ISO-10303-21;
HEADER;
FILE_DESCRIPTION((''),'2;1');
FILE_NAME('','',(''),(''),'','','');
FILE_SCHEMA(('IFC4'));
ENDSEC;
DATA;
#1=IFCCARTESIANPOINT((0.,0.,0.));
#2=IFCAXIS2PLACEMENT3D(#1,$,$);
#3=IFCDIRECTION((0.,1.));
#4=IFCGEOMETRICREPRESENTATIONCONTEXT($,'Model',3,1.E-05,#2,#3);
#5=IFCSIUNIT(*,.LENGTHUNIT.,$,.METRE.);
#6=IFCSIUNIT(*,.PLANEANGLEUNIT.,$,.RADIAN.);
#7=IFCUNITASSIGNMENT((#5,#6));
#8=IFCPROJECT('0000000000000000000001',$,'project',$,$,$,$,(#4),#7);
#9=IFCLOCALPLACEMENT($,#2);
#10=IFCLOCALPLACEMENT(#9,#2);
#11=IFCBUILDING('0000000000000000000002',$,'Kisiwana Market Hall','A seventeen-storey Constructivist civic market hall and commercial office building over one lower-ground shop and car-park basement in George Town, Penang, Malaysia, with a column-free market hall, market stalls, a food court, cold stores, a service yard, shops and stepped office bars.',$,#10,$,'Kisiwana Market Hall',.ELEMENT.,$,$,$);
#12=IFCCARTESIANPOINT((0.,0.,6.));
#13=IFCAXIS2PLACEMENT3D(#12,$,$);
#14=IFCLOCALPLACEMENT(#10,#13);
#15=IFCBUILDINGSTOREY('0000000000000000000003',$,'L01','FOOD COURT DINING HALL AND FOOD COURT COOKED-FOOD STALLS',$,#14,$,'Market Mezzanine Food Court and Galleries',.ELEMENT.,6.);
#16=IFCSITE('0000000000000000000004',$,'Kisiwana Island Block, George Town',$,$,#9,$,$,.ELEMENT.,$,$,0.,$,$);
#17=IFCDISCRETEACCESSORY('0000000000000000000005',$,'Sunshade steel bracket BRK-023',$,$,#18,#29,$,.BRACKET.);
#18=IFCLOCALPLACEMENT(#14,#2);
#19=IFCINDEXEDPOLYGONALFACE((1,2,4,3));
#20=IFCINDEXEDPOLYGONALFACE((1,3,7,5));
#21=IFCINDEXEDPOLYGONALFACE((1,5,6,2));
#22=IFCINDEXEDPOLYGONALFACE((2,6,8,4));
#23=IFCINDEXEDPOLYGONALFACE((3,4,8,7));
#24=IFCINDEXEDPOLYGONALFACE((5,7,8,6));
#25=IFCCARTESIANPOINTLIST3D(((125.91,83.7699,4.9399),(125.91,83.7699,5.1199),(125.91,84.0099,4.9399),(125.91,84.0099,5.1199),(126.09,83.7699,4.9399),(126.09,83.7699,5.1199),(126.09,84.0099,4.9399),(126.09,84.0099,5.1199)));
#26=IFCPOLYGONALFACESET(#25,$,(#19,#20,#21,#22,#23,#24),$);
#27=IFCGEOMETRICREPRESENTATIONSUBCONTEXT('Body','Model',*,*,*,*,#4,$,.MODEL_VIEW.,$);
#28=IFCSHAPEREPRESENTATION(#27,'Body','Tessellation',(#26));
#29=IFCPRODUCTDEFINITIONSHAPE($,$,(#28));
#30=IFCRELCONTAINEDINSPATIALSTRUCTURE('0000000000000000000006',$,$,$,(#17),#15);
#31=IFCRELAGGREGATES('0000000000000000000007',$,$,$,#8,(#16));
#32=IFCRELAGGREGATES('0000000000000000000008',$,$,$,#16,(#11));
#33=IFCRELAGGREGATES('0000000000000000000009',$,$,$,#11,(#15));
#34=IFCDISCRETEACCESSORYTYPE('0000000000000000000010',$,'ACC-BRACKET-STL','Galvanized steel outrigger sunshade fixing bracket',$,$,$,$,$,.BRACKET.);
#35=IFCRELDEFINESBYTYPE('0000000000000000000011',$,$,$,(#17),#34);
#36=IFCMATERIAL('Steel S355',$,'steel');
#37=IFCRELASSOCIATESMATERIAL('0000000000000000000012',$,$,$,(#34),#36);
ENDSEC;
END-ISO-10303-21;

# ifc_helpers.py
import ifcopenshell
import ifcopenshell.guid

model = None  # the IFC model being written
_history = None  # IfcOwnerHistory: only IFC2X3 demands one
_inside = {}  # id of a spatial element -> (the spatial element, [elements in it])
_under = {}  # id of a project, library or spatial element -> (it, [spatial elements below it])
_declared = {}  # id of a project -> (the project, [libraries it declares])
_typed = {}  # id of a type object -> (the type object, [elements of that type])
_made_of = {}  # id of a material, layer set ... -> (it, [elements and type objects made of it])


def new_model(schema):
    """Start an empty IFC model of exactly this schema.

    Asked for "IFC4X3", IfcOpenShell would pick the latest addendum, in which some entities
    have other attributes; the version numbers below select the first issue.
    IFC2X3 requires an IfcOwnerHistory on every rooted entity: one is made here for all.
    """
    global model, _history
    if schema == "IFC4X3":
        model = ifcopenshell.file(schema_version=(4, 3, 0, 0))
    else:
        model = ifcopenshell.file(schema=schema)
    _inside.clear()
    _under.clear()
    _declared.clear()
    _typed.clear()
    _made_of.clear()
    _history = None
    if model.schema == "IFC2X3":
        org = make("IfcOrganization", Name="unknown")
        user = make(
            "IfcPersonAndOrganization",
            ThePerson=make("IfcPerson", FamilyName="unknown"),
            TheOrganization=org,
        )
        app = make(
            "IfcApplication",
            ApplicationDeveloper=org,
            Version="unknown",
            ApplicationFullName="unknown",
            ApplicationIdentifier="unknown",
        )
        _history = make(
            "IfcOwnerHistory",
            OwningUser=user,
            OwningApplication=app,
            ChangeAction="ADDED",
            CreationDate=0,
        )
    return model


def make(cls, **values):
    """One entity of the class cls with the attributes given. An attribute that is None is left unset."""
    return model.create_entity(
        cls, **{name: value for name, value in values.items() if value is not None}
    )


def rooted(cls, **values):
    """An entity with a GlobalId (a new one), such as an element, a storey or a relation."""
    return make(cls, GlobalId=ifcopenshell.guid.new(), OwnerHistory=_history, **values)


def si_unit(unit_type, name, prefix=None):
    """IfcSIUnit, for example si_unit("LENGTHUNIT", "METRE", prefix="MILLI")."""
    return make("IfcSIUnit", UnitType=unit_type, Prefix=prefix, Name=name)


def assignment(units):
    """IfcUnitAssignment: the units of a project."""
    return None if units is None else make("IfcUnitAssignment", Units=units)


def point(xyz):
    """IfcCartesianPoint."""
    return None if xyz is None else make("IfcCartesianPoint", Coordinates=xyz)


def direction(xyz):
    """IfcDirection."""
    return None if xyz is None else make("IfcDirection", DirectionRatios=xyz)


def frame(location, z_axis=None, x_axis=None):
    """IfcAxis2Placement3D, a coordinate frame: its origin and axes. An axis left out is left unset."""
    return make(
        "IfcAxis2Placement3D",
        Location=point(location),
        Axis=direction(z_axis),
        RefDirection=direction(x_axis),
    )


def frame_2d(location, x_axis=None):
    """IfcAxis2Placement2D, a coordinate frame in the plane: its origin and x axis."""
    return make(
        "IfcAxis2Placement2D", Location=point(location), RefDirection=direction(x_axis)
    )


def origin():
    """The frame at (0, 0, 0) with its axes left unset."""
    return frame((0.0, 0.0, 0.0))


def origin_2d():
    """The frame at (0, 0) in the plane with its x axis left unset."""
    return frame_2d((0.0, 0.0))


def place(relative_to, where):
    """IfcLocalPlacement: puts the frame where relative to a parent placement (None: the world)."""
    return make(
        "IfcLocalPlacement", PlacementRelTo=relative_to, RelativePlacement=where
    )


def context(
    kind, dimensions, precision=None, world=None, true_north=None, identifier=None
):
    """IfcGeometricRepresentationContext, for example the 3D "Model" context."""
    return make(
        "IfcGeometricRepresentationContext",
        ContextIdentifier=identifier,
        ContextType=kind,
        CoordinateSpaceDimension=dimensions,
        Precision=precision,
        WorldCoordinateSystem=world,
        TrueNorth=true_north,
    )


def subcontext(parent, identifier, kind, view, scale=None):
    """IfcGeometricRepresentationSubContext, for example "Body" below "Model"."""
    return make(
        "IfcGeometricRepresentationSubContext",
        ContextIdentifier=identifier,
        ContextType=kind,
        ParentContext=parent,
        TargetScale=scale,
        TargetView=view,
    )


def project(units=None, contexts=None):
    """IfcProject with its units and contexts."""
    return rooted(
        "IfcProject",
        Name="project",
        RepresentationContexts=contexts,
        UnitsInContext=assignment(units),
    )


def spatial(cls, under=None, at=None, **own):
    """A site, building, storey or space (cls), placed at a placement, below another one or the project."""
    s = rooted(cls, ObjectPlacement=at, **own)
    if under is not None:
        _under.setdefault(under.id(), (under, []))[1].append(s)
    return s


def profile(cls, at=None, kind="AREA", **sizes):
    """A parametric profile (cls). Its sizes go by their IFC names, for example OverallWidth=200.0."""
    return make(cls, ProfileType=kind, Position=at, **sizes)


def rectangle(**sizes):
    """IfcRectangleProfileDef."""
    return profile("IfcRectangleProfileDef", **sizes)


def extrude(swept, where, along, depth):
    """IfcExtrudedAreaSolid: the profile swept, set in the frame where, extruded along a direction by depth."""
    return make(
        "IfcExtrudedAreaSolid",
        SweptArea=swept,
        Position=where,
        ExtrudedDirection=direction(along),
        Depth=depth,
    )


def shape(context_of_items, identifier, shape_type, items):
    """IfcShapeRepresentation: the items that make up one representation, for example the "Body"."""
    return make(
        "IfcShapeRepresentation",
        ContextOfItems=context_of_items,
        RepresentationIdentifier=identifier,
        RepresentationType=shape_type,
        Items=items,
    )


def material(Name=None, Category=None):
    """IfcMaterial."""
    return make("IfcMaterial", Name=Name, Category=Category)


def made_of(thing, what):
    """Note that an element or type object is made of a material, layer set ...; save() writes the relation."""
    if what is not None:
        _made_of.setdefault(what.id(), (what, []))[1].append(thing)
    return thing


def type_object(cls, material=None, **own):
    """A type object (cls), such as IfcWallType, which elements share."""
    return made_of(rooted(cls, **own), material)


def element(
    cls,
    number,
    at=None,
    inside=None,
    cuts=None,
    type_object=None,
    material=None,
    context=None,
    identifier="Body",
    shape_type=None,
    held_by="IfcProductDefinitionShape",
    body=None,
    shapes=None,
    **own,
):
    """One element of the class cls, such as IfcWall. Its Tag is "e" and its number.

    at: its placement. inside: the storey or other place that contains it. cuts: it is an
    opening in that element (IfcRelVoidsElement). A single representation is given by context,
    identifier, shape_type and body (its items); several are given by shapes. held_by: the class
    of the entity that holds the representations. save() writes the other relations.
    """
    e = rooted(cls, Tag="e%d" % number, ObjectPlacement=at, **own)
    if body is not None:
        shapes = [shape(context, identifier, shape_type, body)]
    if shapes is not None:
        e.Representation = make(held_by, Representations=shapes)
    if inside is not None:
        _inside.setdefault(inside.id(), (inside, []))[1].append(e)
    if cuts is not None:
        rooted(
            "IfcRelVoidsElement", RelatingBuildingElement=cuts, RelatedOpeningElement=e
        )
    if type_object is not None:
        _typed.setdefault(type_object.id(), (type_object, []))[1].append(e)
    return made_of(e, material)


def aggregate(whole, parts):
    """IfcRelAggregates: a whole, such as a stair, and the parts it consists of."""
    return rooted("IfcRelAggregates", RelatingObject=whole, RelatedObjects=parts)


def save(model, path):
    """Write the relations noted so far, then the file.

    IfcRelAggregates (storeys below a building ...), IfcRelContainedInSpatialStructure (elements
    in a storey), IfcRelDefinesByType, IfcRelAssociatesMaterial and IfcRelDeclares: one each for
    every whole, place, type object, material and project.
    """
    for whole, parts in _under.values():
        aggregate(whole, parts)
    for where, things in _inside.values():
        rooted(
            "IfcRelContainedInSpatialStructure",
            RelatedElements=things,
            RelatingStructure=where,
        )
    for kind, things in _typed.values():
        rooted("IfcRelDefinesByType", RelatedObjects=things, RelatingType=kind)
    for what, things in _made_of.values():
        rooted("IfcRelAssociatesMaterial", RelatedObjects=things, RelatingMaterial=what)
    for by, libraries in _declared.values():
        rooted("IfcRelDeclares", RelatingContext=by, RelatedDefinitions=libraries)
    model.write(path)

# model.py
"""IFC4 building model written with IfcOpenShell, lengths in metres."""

from ifc_helpers import new_model, si_unit, direction, frame, origin, origin_2d, place, context, subcontext, project, spatial, rectangle, extrude, material, type_object, element, save


model = new_model("IFC4")

# Units and contexts
model_context = context("Model", 3, precision=1e-05, world=origin(), true_north=direction((0.0, 1.0)))
body_context = subcontext(model_context, "Body", "Model", "MODEL_VIEW")
ifc_project = project(units=[si_unit("LENGTHUNIT", "METRE"), si_unit("PLANEANGLEUNIT", "RADIAN")], contexts=[model_context])

# Site, building, storey
site_placement = place(None, origin())
site = spatial("IfcSite", under=ifc_project, at=site_placement, Name="Kisiwana Island Block, George Town", CompositionType="ELEMENT", RefElevation=0.0)
building_placement = place(site_placement, origin())
building = spatial("IfcBuilding", under=site, at=building_placement, Name="Kisiwana Market Hall", Description="A seventeen-storey Constructivist civic market hall and commercial office building over one lower-ground shop and car-park basement in George Town, Penang, Malaysia, with a column-free market hall, market stalls, a food court, cold stores, a service yard, shops and stepped office bars.", LongName="Kisiwana Market Hall", CompositionType="ELEMENT")
storey_placement = place(building_placement, frame((0.0, 0.0, 6.0)))
storey = spatial("IfcBuildingStorey", under=building, at=storey_placement, Name="L01", Description="FOOD COURT DINING HALL AND FOOD COURT COOKED-FOOD STALLS", LongName="Market Mezzanine Food Court and Galleries", CompositionType="ELEMENT", Elevation=6.0)

# Discrete accessory
ifc_material_1 = material(Name="Steel S355", Category="steel")
discrete_accessory_type = type_object("IfcDiscreteAccessoryType", Name="ACC-BRACKET-STL", Description="Galvanized steel outrigger sunshade fixing bracket", PredefinedType="BRACKET", material=ifc_material_1)
discrete_accessory_placement = place(storey_placement, frame((126.0, 83.8899, 4.9399), z_axis=(0.0, 0.0, 1.0), x_axis=(1.0, 0.0, 0.0)))
element("IfcDiscreteAccessory", 1, at=discrete_accessory_placement, inside=storey, type_object=discrete_accessory_type, Name="Sunshade steel bracket BRK-023", PredefinedType="BRACKET", context=body_context, shape_type="SweptSolid", body=[
    extrude(rectangle(XDim=0.1799, YDim=0.24, at=origin_2d()), origin(), (0.0, 0.0, 1.0), 0.1799),
])

save(model, "model.ifc")
